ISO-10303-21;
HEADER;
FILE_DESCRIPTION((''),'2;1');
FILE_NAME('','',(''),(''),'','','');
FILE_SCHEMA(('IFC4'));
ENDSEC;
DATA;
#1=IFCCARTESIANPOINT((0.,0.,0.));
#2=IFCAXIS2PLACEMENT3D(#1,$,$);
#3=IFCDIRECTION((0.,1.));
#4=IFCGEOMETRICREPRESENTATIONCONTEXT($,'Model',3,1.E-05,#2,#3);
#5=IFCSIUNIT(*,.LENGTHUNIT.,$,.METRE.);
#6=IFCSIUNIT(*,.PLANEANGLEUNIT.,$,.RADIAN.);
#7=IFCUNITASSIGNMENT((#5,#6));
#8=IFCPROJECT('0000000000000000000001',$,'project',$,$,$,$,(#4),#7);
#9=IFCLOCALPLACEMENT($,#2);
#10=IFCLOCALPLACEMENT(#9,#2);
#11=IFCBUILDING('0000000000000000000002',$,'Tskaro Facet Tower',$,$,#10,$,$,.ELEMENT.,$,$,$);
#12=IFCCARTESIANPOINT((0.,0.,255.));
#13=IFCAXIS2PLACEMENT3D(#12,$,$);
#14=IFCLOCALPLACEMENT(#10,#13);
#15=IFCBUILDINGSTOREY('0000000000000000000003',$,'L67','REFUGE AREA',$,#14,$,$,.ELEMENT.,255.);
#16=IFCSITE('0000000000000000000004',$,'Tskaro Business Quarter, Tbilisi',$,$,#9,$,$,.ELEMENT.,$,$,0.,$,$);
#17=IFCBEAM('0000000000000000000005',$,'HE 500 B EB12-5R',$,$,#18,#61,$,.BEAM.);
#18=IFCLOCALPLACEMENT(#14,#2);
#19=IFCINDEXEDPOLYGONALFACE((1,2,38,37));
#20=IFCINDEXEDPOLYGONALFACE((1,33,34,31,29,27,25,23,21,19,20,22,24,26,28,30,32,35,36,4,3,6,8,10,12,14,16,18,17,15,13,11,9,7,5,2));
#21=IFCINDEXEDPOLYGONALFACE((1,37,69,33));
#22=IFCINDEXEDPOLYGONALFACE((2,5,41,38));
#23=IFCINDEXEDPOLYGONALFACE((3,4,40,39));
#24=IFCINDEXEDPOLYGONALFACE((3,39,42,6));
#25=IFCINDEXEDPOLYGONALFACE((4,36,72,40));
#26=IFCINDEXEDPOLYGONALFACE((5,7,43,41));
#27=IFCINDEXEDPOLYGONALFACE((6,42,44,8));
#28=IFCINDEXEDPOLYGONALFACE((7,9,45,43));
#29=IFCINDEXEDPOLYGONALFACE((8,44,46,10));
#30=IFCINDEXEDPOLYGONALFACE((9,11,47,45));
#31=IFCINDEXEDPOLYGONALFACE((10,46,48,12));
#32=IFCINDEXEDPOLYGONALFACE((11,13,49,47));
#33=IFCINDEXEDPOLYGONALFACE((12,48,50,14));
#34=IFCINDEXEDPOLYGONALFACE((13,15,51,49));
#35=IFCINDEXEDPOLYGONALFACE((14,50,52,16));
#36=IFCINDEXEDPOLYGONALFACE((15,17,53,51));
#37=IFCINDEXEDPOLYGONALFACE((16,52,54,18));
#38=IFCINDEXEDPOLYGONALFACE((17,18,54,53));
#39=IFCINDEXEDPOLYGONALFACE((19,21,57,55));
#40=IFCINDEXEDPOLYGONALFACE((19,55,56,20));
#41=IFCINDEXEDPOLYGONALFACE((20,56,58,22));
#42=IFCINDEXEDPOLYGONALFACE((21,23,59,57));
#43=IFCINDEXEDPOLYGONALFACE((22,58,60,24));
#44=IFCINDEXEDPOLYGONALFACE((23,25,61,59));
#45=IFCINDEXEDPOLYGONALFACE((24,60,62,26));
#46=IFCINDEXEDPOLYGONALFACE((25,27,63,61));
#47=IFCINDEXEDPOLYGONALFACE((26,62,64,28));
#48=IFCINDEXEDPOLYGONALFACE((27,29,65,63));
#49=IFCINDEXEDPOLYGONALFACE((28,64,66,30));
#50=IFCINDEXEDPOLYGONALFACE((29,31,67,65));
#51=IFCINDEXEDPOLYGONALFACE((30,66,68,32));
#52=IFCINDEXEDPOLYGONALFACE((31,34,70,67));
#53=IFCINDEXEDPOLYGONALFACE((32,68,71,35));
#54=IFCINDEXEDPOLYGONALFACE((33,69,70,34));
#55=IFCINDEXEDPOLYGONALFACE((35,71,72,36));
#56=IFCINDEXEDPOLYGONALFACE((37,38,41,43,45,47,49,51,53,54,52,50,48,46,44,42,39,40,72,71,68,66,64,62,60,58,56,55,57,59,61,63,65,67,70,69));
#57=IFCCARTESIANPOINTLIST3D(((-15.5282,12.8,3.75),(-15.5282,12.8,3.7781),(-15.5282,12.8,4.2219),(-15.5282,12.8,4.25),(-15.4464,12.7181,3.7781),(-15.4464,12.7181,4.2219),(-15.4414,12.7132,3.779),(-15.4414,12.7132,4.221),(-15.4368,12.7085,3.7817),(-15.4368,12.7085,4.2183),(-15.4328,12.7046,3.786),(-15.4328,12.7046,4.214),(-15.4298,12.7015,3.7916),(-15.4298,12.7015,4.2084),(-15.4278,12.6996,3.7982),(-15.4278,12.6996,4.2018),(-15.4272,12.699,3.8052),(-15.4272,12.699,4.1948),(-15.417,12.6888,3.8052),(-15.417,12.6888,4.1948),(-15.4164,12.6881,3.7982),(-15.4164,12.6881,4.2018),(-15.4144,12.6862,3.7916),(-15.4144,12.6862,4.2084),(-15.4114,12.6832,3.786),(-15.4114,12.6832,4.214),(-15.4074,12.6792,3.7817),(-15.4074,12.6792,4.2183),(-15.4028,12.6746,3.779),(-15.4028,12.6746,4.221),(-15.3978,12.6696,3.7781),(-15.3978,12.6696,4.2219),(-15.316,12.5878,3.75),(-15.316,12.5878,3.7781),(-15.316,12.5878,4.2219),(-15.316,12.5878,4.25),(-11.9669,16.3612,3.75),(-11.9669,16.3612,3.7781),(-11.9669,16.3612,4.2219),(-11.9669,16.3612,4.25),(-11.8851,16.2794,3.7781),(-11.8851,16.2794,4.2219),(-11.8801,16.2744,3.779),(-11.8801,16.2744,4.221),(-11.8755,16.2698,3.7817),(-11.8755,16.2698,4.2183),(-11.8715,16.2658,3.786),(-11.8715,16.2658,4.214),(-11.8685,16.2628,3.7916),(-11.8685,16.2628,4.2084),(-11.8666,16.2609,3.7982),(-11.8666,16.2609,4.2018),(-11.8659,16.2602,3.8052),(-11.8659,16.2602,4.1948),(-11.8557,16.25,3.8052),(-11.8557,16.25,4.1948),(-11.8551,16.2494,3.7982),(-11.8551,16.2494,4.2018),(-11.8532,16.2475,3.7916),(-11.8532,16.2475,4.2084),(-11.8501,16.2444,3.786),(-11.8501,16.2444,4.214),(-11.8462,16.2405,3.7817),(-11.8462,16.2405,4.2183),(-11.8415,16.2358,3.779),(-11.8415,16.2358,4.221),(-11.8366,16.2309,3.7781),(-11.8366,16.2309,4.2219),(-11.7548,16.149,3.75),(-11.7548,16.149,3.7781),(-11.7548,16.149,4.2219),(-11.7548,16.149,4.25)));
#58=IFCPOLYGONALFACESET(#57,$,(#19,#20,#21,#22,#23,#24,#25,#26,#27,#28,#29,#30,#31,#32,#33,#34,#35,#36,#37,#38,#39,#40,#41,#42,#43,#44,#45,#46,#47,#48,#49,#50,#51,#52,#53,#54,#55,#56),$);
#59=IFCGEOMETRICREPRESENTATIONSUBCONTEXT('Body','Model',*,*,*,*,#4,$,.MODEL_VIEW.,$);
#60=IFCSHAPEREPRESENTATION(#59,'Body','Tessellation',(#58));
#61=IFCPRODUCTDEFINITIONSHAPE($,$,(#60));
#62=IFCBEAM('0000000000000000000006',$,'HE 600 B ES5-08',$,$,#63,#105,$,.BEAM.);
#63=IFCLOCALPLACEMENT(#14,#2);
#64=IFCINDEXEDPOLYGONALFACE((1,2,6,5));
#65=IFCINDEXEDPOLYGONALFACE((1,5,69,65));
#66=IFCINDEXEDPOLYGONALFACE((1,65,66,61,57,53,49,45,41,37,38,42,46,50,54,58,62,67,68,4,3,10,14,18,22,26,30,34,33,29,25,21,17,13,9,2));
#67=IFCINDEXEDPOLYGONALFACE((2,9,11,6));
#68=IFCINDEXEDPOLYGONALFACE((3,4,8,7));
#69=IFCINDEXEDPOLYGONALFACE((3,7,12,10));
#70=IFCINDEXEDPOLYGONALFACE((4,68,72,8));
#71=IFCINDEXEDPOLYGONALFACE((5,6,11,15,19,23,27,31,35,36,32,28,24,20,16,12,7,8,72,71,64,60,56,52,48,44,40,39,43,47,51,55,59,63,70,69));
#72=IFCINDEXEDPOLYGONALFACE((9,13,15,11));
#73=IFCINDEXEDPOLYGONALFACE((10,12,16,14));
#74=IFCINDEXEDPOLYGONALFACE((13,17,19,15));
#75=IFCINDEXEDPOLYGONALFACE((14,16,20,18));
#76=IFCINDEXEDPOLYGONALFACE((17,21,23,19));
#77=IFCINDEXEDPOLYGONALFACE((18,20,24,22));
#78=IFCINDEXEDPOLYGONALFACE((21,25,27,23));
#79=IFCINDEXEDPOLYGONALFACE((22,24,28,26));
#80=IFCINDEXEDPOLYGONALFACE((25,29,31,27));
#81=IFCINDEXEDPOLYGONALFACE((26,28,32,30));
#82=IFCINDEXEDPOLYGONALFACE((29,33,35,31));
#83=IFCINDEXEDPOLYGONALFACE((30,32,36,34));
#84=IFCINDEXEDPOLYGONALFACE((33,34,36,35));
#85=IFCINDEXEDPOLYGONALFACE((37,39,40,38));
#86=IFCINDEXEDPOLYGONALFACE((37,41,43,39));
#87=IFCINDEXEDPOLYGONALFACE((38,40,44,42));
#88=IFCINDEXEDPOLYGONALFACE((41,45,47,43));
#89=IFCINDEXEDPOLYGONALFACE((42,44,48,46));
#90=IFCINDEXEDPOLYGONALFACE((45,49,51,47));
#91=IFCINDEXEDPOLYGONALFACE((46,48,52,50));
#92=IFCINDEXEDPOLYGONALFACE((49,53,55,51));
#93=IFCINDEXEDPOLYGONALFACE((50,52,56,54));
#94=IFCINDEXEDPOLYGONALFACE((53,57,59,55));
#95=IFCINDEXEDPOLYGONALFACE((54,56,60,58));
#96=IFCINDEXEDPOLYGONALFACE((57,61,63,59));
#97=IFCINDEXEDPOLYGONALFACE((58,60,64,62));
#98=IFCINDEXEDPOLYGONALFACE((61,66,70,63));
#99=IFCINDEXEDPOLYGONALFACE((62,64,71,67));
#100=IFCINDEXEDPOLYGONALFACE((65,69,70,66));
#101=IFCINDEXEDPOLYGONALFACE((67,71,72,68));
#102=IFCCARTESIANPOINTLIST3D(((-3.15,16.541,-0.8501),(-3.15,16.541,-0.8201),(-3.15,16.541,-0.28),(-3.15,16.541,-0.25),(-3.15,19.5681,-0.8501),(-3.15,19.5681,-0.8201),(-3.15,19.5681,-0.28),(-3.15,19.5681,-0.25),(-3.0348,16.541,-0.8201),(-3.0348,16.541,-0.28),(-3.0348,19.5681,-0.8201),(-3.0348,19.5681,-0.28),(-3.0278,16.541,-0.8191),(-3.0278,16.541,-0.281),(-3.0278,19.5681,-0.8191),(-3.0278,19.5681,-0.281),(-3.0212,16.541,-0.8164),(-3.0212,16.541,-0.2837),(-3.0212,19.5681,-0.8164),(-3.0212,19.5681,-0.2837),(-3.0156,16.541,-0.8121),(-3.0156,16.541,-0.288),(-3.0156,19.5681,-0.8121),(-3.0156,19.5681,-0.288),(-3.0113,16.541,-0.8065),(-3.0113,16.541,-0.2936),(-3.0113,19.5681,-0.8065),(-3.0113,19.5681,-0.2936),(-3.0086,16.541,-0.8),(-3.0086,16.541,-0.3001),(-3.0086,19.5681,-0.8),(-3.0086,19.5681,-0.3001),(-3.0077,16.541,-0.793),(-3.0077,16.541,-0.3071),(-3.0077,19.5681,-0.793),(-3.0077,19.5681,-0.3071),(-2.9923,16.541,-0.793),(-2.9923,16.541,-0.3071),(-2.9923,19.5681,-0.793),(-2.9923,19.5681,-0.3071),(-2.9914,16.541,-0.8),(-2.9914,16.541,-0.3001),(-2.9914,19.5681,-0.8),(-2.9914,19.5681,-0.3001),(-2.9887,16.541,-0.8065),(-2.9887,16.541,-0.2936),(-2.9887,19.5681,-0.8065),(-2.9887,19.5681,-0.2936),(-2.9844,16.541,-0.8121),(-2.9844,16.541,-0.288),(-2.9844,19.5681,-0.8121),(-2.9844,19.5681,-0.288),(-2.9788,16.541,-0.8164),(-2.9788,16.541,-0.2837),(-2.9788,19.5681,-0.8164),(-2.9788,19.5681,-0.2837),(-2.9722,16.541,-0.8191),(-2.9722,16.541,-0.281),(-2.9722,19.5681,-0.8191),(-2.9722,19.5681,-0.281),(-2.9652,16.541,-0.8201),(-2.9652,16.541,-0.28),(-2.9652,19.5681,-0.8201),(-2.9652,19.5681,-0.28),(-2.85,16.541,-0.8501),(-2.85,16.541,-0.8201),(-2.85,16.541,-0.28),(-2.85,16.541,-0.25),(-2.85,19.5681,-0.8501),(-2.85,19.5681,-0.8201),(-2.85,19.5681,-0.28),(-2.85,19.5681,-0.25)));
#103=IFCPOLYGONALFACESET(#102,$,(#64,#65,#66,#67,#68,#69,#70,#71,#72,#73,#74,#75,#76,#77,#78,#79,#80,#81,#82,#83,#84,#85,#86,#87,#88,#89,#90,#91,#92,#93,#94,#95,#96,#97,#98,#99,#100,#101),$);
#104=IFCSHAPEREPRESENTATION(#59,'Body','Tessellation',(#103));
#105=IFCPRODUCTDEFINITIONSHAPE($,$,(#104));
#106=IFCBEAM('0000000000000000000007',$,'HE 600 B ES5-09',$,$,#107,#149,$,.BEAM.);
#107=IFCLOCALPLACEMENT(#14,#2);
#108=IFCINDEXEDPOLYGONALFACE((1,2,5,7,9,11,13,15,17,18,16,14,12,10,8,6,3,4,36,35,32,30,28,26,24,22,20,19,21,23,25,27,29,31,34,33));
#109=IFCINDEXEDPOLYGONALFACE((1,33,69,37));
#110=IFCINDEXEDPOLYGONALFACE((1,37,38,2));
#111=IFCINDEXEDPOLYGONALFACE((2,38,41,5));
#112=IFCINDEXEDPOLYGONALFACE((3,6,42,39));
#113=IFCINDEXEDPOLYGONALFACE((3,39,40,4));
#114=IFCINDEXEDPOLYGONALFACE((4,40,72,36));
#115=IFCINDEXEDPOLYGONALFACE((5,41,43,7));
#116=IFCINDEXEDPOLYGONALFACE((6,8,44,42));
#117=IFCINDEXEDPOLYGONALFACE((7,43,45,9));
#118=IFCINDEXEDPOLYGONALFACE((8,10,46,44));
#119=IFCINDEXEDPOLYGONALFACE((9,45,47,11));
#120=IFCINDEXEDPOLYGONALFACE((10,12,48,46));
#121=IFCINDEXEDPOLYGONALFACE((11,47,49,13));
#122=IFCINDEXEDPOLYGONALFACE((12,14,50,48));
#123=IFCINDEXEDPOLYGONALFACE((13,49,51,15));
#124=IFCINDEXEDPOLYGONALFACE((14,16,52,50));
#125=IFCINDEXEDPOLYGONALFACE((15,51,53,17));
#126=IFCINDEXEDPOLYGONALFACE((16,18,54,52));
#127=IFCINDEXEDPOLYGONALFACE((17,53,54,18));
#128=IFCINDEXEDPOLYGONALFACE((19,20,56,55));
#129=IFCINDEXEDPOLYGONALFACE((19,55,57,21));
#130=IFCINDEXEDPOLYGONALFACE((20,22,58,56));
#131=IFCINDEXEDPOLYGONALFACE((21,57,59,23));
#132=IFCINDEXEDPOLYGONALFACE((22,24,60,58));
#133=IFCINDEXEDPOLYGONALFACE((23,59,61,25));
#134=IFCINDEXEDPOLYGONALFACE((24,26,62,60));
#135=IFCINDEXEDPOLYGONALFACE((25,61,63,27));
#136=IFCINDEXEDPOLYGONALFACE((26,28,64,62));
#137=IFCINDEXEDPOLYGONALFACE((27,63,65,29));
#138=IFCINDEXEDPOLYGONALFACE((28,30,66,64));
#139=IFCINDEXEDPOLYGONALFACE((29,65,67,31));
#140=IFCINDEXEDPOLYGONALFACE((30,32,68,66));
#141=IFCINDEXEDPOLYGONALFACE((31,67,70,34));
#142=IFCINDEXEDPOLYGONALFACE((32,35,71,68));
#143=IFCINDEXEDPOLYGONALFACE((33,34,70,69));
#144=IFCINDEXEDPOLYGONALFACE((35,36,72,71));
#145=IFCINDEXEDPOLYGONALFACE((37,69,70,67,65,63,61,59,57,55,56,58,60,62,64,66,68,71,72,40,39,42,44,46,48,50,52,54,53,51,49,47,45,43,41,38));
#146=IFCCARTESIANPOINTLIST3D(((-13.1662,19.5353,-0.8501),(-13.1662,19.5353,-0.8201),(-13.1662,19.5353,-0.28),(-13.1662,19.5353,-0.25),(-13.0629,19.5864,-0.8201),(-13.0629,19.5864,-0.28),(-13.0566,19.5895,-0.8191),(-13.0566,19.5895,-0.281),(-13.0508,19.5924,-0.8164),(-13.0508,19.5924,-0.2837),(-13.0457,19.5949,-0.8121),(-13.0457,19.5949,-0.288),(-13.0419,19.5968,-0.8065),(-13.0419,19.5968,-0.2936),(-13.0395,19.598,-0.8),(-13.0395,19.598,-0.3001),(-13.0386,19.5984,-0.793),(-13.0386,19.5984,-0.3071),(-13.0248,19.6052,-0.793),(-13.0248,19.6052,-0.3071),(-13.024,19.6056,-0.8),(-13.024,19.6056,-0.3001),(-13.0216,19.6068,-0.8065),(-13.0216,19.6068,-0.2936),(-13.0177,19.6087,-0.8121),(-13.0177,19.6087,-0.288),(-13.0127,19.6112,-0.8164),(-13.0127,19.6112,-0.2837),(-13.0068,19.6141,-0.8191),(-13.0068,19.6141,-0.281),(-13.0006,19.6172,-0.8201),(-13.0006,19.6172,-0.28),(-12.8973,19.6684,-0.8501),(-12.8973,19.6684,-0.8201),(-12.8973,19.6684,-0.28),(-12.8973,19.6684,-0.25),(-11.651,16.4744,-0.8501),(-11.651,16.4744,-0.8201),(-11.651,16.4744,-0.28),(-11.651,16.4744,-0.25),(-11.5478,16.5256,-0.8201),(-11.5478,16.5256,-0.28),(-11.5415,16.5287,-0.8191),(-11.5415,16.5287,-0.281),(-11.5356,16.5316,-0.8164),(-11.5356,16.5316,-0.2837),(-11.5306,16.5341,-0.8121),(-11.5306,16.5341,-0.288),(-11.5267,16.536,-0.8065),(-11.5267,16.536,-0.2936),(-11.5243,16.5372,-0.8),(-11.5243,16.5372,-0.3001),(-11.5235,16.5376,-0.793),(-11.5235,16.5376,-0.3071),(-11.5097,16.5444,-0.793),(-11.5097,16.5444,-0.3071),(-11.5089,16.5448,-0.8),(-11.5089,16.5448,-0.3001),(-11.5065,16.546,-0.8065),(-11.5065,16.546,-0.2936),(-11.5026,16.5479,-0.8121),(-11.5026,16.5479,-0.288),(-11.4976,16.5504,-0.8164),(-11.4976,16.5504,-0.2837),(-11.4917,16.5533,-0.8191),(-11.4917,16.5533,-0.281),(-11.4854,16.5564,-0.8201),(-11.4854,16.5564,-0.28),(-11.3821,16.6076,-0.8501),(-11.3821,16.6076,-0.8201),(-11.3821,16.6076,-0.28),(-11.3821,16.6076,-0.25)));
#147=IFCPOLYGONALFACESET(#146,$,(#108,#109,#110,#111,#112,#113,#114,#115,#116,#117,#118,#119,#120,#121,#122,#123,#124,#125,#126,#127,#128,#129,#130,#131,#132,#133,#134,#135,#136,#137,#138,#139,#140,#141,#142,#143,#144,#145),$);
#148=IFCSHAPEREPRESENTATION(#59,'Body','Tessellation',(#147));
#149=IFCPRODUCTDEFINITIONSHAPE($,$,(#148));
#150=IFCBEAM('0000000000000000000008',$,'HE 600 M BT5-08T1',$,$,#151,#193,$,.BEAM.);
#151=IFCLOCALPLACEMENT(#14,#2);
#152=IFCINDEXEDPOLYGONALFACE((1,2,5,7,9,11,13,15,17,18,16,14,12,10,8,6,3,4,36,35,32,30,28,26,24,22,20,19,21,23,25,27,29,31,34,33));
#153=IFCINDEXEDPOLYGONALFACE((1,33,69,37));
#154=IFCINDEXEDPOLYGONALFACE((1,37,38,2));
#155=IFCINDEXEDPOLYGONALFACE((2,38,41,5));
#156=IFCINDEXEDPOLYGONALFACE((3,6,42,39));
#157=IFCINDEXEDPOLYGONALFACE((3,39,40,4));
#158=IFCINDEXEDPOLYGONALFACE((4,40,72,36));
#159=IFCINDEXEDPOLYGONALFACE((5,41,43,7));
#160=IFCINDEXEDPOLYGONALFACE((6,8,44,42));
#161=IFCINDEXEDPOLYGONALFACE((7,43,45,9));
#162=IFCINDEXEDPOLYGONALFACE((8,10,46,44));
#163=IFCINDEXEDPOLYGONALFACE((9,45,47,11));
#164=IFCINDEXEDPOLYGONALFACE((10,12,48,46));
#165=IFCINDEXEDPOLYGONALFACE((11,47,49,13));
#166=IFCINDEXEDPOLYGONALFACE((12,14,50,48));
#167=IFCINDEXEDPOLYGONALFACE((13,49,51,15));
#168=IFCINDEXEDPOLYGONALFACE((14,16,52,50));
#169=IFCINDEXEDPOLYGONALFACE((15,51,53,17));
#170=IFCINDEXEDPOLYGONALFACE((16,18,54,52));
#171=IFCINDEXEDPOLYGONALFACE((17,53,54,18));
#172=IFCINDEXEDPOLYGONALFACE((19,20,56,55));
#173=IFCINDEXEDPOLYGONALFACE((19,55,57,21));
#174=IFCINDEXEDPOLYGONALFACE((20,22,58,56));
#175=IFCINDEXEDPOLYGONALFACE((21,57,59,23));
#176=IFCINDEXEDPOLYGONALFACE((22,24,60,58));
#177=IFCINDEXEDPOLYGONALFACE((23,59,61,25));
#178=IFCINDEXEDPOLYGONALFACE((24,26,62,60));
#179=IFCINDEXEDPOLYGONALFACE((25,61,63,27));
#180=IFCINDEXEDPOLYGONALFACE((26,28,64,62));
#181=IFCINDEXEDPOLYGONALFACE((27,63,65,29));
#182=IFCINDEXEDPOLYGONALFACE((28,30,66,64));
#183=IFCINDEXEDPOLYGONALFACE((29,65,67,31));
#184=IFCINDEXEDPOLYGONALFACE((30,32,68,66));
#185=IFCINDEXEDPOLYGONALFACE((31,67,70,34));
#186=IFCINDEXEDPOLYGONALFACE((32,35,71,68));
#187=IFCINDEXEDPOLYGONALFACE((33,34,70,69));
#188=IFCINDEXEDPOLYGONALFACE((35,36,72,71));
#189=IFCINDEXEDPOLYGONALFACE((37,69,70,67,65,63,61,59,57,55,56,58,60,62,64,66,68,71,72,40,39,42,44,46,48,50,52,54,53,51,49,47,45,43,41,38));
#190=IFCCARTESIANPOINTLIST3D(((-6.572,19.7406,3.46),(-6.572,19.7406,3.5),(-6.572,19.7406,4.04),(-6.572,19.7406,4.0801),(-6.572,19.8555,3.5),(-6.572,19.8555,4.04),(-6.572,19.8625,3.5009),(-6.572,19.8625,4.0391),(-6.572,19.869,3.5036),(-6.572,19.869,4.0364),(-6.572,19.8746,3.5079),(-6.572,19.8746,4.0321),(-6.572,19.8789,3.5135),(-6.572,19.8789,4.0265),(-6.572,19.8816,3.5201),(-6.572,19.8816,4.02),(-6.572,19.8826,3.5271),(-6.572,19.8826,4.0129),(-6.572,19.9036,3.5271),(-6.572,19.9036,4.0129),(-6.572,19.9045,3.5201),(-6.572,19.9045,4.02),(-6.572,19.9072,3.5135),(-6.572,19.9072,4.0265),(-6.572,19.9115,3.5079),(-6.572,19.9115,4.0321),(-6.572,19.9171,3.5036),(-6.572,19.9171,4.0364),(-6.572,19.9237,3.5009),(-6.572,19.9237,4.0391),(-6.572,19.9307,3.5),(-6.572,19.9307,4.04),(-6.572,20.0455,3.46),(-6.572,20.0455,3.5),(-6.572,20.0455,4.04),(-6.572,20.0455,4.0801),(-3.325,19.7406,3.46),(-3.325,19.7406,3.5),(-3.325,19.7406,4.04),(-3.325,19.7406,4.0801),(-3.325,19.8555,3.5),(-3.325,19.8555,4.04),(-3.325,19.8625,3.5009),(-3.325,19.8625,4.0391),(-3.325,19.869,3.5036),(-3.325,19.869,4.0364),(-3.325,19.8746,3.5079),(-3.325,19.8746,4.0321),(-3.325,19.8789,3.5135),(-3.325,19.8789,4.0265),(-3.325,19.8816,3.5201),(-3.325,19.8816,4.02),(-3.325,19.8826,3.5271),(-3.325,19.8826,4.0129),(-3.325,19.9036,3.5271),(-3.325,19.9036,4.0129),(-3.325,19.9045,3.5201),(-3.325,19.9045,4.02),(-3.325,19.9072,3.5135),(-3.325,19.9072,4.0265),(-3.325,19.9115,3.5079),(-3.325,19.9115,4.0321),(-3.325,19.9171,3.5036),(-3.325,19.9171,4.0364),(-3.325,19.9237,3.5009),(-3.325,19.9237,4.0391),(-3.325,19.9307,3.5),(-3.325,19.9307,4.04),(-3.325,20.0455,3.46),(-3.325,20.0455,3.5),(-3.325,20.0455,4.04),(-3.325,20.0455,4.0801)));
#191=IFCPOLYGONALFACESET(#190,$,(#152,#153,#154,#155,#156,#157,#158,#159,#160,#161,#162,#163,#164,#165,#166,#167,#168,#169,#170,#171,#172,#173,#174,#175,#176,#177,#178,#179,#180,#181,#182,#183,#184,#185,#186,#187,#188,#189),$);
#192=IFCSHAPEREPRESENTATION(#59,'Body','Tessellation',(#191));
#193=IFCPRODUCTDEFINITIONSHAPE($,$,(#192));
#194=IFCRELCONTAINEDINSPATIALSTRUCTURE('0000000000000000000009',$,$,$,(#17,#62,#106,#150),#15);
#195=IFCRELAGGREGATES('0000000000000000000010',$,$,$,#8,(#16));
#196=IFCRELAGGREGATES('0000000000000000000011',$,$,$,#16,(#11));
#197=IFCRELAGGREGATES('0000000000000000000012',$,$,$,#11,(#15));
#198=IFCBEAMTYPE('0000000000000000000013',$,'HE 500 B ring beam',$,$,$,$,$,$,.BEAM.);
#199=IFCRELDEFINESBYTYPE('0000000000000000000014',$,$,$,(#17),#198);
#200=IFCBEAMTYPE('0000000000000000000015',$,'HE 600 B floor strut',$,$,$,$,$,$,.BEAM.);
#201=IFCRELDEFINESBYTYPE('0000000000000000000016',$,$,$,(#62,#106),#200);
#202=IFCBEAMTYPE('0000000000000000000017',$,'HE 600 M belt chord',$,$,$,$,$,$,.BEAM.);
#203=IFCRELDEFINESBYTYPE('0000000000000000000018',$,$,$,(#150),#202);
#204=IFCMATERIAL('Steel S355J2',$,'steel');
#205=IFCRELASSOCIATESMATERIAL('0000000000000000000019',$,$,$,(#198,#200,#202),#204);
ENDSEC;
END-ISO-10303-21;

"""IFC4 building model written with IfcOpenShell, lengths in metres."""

from ifc_helpers import new_model, si_unit, direction, frame, origin, origin_2d, place, context, subcontext, project, spatial, i_section, extrude, material, material_profile, profile_set, type_object, element, save


model = new_model("IFC4")

# Units and contexts
model_context = context("Model", 3, precision=1e-05, world=origin(), true_north=direction((0.0, 1.0)))
body_context = subcontext(model_context, "Body", "Model", "MODEL_VIEW")
ifc_project = project(units=[si_unit("LENGTHUNIT", "METRE"), si_unit("PLANEANGLEUNIT", "RADIAN")], contexts=[model_context])

# Site, building, storey
site_placement = place(None, origin())
site = spatial("IfcSite", under=ifc_project, at=site_placement, Name="Tskaro Business Quarter, Tbilisi", CompositionType="ELEMENT", RefElevation=0.0)
building_placement = place(site_placement, origin())
building = spatial("IfcBuilding", under=site, at=building_placement, Name="Tskaro Facet Tower", CompositionType="ELEMENT")
storey_placement = place(building_placement, frame((0.0, 0.0, 255.0)))
storey = spatial("IfcBuildingStorey", under=building, at=storey_placement, Name="L67", Description="REFUGE AREA", CompositionType="ELEMENT", Elevation=255.0)

# Shared definitions
ifc_material_1 = material(Name="Steel S355J2", Category="steel")

# Beams
ifc_material_profile_1 = material_profile(ifc_material_1, i_section(OverallWidth=0.3, OverallDepth=0.5, WebThickness=0.0144, FlangeThickness=0.0281, FilletRadius=0.0271, at=origin_2d()), Name="HE 500 B")
ifc_profile_set_1 = profile_set([ifc_material_profile_1], Name="Steel S355J2")
beam_type_1 = type_object("IfcBeamType", Name="HE 500 B ring beam", PredefinedType="BEAM", material=ifc_profile_set_1)
for number, where, z_axis, x_axis, name in (
    (1, (-11.8608, 16.2551, 4.0), (-0.707107, -0.707107, 0.0), (0.707107, -0.707107, 0.0), "HE 500 B EB12-5R"),
):
    element("IfcBeam", number, at=place(storey_placement, frame(where, z_axis=z_axis, x_axis=x_axis)), inside=storey, type_object=beam_type_1, Name=name, PredefinedType="BEAM", context=body_context, shape_type="SweptSolid", body=[
        extrude(i_section(OverallWidth=0.3, OverallDepth=0.5, WebThickness=0.0144, FlangeThickness=0.0281, FilletRadius=0.0271, at=origin_2d()), origin(), (0.0, 0.0, 1.0), 5.0364),
    ])
ifc_material_profile_2 = material_profile(ifc_material_1, i_section(OverallWidth=0.3, OverallDepth=0.6001, WebThickness=0.0154, FlangeThickness=0.03, FilletRadius=0.0271, at=origin_2d()), Name="HE 600 B")
ifc_profile_set_2 = profile_set([ifc_material_profile_2], Name="Steel S355J2")
beam_type_2 = type_object("IfcBeamType", Name="HE 600 B floor strut", PredefinedType="BEAM", material=ifc_profile_set_2)
beam_1_placement = place(storey_placement, frame((-3.0, 19.5681, -0.55), z_axis=(0.0, -1.0, 0.0), x_axis=(1.0, 0.0, 0.0)))
element("IfcBeam", 2, at=beam_1_placement, inside=storey, type_object=beam_type_2, Name="HE 600 B ES5-08", PredefinedType="BEAM", context=body_context, shape_type="SweptSolid", body=[
    extrude(i_section(OverallWidth=0.3, OverallDepth=0.6001, WebThickness=0.0154, FlangeThickness=0.03, FilletRadius=0.0271, at=origin_2d()), origin(), (0.0, 0.0, 1.0), 3.0271),
])
beam_2_placement = place(storey_placement, frame((-13.0317, 19.6018, -0.55), z_axis=(0.443636, -0.896207, 0.0), x_axis=(0.896207, 0.443636, 0.0)))
element("IfcBeam", 3, at=beam_2_placement, inside=storey, type_object=beam_type_2, Name="HE 600 B ES5-09", PredefinedType="BEAM", context=body_context, shape_type="SweptSolid", body=[
    extrude(i_section(OverallWidth=0.3, OverallDepth=0.6001, WebThickness=0.0154, FlangeThickness=0.03, FilletRadius=0.0271, at=origin_2d()), origin(), (0.0, 0.0, 1.0), 3.4153),
])
ifc_material_profile_3 = material_profile(ifc_material_1, i_section(OverallWidth=0.3049, OverallDepth=0.6201, WebThickness=0.021, FlangeThickness=0.04, FilletRadius=0.0271, at=origin_2d()), Name="HE 600 M")
ifc_profile_set_3 = profile_set([ifc_material_profile_3], Name="Steel S355J2")
beam_type_3 = type_object("IfcBeamType", Name="HE 600 M belt chord", PredefinedType="BEAM", material=ifc_profile_set_3)
beam_3_placement = place(storey_placement, frame((-3.325, 19.8931, 3.77), z_axis=(-1.0, 0.0, 0.0), x_axis=(0.0, -1.0, 0.0)))
element("IfcBeam", 4, at=beam_3_placement, inside=storey, type_object=beam_type_3, Name="HE 600 M BT5-08T1", PredefinedType="BEAM", context=body_context, shape_type="SweptSolid", body=[
    extrude(i_section(OverallWidth=0.3049, OverallDepth=0.6201, WebThickness=0.021, FlangeThickness=0.04, FilletRadius=0.0271, at=origin_2d()), origin(), (0.0, 0.0, 1.0), 3.2471),
])

save(model, "model.ifc")
